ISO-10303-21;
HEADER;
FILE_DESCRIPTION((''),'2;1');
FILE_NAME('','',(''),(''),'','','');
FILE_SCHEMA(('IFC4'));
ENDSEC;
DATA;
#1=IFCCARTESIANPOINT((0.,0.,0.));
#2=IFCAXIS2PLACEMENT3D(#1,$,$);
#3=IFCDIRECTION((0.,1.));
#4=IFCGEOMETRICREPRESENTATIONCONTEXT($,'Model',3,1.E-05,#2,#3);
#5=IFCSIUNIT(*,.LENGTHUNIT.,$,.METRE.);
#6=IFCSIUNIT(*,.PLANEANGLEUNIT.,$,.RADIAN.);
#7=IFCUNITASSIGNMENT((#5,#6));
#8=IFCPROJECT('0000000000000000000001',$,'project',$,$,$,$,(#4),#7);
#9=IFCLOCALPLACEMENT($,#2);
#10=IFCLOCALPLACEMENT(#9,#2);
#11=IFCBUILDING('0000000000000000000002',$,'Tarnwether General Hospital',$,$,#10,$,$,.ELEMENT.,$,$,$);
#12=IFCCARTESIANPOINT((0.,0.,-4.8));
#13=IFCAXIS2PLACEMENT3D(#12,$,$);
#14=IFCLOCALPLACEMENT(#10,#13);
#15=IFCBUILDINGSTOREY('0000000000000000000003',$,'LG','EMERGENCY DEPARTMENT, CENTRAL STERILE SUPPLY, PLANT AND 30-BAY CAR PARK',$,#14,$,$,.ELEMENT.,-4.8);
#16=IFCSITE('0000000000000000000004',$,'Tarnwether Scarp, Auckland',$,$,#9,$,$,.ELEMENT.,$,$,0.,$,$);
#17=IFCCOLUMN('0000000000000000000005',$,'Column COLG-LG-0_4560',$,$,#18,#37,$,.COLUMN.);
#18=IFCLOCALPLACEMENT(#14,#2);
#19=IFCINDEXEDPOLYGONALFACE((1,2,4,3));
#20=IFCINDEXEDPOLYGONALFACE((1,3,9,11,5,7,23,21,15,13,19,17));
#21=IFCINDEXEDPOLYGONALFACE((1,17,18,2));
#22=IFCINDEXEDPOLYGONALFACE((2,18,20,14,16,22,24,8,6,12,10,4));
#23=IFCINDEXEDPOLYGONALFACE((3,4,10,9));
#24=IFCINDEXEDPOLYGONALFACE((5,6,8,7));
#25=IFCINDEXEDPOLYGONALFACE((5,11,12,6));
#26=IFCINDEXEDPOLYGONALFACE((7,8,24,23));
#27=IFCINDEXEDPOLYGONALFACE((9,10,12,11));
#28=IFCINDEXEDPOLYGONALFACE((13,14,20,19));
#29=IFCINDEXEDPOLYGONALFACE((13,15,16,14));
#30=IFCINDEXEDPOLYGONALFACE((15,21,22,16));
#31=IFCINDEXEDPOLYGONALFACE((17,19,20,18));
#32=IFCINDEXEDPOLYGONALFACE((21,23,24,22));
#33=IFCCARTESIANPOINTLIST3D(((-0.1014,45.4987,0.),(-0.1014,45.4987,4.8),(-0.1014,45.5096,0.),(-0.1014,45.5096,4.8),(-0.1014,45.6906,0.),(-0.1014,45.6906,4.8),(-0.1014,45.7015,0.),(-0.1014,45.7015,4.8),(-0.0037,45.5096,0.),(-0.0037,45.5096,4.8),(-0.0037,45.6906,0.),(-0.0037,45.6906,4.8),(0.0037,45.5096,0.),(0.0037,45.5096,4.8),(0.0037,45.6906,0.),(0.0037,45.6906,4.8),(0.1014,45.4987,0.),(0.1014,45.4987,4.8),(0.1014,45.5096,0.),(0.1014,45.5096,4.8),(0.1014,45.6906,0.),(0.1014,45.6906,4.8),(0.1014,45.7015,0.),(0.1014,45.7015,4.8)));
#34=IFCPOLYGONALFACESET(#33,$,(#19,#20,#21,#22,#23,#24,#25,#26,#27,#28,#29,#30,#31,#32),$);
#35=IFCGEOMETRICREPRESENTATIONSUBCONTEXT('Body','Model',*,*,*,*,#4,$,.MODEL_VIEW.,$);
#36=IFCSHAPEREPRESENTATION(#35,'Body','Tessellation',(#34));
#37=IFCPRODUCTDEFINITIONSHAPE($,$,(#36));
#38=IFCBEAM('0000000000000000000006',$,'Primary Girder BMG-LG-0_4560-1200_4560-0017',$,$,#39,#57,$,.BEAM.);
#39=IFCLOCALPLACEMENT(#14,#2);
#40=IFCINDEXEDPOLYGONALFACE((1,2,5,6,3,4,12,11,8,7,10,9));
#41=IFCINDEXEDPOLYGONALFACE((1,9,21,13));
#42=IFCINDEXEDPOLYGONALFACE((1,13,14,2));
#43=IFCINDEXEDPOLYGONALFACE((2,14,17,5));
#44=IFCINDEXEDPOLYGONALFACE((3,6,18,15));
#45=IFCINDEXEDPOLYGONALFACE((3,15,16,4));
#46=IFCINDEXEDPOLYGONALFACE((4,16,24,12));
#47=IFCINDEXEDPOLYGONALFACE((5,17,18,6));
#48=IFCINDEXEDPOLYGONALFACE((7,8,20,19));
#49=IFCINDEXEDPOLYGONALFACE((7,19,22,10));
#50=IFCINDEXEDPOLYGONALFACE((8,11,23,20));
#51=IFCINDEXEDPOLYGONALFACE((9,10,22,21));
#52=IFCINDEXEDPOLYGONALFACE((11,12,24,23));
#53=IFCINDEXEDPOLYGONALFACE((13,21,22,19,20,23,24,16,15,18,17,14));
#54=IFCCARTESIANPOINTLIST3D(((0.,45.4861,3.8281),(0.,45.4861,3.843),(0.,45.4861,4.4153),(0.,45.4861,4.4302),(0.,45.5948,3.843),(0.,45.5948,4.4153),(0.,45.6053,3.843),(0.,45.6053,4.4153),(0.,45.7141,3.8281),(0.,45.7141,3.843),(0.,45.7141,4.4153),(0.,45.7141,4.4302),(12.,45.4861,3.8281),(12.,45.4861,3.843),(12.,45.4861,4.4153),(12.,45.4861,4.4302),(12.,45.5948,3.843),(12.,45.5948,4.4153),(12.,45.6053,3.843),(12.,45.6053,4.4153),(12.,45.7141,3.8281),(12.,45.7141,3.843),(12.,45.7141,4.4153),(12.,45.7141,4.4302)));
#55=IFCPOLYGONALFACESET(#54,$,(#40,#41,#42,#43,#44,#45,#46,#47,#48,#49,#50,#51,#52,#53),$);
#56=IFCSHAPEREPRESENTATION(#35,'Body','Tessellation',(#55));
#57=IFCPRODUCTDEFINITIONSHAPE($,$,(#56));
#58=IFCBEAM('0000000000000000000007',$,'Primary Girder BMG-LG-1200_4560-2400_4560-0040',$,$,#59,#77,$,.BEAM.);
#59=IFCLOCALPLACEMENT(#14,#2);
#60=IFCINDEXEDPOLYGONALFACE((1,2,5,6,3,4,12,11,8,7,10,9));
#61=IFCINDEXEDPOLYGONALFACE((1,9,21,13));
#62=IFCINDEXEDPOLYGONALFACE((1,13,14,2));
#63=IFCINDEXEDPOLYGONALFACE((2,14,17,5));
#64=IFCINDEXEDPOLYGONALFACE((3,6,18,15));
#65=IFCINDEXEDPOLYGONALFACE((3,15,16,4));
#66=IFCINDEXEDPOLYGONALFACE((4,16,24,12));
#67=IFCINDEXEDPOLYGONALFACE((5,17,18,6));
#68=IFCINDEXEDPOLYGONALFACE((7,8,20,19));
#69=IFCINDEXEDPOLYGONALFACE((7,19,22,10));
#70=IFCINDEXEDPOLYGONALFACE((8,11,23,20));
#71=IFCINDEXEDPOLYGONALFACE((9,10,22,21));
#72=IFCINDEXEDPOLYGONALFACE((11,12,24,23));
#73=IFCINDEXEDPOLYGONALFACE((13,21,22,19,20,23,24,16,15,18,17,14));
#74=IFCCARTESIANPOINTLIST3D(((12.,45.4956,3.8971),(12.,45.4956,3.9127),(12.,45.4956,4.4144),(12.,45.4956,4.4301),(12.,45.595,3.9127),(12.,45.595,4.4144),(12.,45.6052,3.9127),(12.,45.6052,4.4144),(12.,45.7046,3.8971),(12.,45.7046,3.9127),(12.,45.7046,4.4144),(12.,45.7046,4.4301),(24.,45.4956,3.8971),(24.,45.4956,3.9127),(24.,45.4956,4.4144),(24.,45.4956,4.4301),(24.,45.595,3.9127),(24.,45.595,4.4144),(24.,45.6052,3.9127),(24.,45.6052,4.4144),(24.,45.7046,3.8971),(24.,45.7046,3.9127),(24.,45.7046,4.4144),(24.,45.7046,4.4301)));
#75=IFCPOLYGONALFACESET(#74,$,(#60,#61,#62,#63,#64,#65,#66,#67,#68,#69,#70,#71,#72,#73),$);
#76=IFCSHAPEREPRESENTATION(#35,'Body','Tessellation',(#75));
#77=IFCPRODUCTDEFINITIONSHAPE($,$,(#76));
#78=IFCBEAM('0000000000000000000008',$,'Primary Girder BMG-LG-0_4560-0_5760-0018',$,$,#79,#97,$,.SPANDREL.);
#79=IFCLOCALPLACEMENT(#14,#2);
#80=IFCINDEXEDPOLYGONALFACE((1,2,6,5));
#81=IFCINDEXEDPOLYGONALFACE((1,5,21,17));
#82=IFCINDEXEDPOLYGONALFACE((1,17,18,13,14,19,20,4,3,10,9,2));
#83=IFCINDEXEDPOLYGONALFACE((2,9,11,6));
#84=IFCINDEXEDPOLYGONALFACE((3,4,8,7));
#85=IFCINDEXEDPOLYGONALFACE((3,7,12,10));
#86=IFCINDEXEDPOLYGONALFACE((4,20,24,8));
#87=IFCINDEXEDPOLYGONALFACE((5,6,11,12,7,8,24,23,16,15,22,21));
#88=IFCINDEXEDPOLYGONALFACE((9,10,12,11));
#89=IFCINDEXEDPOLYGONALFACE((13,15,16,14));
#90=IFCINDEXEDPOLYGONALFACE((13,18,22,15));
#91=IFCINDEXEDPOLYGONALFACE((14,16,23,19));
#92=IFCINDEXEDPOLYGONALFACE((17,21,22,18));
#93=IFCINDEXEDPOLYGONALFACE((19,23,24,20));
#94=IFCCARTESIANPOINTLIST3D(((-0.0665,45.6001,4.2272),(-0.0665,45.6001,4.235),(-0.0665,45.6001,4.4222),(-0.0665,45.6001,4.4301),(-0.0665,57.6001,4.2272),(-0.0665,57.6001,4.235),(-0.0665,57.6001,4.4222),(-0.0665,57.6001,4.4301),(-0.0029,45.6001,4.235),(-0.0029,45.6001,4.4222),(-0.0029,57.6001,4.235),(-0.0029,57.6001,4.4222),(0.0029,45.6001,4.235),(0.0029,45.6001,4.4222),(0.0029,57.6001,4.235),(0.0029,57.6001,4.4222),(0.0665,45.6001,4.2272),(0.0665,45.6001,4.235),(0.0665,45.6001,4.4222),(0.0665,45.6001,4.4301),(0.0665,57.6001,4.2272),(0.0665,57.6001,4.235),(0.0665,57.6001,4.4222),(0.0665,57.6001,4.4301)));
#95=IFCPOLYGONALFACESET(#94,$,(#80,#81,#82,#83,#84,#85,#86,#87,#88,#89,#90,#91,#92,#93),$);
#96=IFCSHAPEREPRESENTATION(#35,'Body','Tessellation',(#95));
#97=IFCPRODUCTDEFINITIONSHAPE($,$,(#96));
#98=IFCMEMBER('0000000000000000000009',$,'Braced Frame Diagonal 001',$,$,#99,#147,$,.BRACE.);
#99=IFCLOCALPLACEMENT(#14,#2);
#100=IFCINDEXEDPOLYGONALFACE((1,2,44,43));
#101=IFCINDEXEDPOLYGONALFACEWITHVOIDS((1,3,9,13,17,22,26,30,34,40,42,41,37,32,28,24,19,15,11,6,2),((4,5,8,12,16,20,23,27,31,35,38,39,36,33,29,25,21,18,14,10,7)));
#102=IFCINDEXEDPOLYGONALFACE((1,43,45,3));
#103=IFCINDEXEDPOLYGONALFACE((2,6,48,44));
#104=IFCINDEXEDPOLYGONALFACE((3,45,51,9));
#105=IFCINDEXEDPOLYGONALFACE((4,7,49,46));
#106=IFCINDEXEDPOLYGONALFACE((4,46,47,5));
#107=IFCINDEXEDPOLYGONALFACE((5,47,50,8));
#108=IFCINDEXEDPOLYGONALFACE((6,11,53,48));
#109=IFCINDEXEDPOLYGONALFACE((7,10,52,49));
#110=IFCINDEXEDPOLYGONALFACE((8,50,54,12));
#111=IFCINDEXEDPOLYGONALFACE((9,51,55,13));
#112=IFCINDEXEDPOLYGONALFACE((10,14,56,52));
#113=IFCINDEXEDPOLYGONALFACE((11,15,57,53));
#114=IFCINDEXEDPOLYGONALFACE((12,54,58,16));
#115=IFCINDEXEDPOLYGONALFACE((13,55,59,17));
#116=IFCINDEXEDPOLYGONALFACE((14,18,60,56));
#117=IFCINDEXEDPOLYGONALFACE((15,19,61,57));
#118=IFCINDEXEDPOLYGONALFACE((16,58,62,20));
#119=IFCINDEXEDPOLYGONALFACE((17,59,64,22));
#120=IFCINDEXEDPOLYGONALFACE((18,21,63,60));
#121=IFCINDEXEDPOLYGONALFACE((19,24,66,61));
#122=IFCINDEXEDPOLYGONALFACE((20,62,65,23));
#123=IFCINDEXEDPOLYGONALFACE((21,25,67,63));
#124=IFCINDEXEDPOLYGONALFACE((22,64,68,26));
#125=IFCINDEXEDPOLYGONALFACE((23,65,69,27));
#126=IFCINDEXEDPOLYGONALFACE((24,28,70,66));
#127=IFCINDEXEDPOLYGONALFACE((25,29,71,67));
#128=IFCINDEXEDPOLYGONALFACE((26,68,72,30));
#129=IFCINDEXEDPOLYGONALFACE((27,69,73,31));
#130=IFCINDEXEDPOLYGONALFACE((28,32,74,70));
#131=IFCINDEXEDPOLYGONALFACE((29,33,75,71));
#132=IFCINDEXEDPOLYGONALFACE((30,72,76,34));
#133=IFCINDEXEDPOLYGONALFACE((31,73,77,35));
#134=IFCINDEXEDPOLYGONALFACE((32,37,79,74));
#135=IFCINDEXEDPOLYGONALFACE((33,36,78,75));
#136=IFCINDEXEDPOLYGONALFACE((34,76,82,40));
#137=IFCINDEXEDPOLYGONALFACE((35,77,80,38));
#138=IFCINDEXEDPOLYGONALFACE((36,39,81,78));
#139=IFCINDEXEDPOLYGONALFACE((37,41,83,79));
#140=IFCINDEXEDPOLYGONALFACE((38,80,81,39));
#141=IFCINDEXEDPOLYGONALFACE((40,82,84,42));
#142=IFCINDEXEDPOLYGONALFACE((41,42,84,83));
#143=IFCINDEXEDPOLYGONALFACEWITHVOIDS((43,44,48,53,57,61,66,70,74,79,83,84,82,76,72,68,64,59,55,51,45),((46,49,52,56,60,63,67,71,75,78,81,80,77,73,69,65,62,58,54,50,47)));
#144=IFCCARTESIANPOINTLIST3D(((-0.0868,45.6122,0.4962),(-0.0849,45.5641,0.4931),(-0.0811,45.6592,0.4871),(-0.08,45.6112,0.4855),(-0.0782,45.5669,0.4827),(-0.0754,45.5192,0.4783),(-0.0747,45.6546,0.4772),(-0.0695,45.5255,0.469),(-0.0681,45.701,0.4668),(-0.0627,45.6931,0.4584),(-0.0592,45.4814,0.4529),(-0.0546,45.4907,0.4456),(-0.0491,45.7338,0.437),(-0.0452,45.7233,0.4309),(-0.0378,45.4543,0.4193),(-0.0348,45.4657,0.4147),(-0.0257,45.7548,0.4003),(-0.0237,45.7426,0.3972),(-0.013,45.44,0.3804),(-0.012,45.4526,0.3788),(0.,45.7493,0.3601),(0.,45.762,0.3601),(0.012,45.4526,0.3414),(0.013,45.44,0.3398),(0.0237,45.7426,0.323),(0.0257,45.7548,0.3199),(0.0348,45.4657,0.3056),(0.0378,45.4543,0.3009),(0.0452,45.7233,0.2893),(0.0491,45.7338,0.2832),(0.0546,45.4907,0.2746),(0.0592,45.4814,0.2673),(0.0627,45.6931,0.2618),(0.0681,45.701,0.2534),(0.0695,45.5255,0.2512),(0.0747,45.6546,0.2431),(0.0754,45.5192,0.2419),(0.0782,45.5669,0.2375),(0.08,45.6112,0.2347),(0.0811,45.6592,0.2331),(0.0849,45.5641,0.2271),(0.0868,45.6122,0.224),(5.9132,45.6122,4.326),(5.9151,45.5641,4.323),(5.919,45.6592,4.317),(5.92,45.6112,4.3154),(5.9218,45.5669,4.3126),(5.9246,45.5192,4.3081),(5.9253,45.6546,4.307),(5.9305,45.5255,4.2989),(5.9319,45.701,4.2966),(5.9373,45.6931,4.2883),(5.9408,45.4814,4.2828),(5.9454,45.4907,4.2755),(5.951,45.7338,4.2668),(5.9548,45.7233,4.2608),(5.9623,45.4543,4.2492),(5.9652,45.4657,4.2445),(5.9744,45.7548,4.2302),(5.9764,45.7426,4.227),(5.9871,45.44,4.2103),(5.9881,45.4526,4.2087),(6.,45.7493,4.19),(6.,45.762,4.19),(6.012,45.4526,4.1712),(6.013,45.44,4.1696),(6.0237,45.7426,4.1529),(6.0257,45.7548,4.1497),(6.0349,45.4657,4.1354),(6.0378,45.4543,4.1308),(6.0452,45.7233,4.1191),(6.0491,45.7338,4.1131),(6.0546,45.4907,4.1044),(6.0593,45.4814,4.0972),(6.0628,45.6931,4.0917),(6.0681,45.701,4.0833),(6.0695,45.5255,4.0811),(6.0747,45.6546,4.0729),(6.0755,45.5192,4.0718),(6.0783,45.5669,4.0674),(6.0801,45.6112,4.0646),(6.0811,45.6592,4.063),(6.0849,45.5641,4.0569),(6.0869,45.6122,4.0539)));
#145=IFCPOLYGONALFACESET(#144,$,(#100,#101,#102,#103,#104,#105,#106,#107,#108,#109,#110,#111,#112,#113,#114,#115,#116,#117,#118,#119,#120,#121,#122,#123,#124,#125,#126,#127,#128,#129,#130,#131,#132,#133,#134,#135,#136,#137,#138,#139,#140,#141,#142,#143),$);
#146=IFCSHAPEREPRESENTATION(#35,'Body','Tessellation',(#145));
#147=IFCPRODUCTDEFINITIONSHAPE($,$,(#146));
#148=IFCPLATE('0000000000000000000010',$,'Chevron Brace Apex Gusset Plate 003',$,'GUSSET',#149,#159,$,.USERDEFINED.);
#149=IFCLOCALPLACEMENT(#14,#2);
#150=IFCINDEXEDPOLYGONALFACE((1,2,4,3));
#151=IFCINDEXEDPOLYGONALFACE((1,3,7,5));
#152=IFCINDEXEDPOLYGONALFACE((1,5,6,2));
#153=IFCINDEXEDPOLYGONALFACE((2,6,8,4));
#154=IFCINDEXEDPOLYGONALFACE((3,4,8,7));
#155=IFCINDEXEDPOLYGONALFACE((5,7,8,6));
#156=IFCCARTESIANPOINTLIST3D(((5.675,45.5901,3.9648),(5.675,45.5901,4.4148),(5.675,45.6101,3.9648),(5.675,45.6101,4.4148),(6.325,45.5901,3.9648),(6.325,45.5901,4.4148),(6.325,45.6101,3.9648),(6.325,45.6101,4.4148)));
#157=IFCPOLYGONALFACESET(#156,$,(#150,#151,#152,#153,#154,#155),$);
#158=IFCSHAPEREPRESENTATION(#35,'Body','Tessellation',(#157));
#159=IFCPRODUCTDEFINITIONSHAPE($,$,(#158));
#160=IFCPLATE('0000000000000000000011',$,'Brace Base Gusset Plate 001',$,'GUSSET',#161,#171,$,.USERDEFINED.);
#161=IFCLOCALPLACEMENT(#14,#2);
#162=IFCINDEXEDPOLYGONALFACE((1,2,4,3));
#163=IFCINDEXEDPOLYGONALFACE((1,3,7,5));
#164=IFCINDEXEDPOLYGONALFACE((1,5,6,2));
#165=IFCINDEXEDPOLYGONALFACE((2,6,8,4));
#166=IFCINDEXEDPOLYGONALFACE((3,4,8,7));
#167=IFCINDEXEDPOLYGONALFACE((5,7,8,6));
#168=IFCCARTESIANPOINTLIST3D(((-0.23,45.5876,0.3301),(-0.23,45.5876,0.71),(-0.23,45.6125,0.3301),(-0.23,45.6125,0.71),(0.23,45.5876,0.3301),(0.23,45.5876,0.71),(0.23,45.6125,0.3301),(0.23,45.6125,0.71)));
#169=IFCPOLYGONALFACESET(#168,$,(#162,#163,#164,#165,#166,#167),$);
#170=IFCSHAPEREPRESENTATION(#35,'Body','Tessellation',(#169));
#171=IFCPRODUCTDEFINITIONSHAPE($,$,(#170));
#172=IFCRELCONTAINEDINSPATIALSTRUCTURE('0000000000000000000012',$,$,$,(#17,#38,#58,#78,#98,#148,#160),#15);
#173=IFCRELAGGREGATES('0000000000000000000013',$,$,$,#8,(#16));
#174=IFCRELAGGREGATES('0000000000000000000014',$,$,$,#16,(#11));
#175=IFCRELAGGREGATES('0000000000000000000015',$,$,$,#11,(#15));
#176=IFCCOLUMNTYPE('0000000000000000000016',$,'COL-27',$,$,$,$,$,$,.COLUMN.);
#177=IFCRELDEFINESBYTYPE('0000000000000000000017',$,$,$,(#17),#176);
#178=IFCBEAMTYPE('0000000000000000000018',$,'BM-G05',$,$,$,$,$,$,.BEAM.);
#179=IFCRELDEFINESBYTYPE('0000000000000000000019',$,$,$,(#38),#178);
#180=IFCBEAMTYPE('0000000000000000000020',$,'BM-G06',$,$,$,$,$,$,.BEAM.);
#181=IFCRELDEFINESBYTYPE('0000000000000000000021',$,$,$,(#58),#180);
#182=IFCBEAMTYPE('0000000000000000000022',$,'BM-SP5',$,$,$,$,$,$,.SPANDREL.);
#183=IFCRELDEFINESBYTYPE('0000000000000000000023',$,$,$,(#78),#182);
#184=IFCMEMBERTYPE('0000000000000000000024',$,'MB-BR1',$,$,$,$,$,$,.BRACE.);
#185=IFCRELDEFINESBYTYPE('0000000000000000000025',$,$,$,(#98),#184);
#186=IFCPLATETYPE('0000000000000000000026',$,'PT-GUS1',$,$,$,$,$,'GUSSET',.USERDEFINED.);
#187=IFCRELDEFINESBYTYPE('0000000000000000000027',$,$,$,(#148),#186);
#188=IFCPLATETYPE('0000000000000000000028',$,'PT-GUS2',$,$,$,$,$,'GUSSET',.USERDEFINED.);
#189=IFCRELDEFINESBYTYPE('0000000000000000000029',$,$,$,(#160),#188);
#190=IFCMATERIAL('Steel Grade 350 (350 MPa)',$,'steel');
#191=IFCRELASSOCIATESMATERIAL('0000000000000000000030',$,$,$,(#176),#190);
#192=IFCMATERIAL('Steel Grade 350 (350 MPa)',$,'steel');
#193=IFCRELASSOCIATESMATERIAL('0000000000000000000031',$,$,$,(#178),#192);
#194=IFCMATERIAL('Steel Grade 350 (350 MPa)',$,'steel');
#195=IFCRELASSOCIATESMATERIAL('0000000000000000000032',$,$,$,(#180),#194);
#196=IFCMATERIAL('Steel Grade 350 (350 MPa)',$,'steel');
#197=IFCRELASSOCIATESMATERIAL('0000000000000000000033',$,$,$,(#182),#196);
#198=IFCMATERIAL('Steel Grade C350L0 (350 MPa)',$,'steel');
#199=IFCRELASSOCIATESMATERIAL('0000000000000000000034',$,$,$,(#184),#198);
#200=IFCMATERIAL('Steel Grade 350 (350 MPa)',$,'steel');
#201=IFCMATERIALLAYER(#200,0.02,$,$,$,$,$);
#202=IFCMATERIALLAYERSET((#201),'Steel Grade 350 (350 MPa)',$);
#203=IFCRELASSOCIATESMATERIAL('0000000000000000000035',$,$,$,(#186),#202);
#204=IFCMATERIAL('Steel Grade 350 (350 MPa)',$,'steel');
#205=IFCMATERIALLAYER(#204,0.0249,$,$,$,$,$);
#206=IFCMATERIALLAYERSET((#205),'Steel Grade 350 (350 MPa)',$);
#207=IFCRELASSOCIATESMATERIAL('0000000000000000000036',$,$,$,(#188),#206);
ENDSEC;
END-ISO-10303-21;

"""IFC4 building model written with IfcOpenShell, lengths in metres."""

from ifc_helpers import new_model, si_unit, direction, frame, origin, origin_2d, place, context, subcontext, project, spatial, rectangle, hollow_circle, i_section, extrude, material, layer, layer_set, material_profile, profile_set, type_object, element, save


model = new_model("IFC4")

# Units and contexts
model_context = context("Model", 3, precision=1e-05, world=origin(), true_north=direction((0.0, 1.0)))
body_context = subcontext(model_context, "Body", "Model", "MODEL_VIEW")
ifc_project = project(units=[si_unit("LENGTHUNIT", "METRE"), si_unit("PLANEANGLEUNIT", "RADIAN")], contexts=[model_context])

# Site, building, storey
site_placement = place(None, origin())
site = spatial("IfcSite", under=ifc_project, at=site_placement, Name="Tarnwether Scarp, Auckland", CompositionType="ELEMENT", RefElevation=0.0)
building_placement = place(site_placement, origin())
building = spatial("IfcBuilding", under=site, at=building_placement, Name="Tarnwether General Hospital", CompositionType="ELEMENT")
storey_placement = place(building_placement, frame((0.0, 0.0, -4.8)))
storey = spatial("IfcBuildingStorey", under=building, at=storey_placement, Name="LG", Description="EMERGENCY DEPARTMENT, CENTRAL STERILE SUPPLY, PLANT AND 30-BAY CAR PARK", CompositionType="ELEMENT", Elevation=-4.8)

# Column
ifc_material_1 = material(Name="Steel Grade 350 (350 MPa)", Category="steel")
ifc_material_profile_1 = material_profile(ifc_material_1, i_section(OverallWidth=0.2029, OverallDepth=0.2029, WebThickness=0.0073, FlangeThickness=0.011, at=origin_2d()), Name="200UC46.2")
ifc_profile_set_1 = profile_set([ifc_material_profile_1], Name="Steel Grade 350 (350 MPa)")
column_type_1 = type_object("IfcColumnType", Name="COL-27", PredefinedType="COLUMN", material=ifc_profile_set_1)
column_1_placement = place(storey_placement, frame((0.0, 45.6001, 0.0), z_axis=(0.0, 0.0, 1.0), x_axis=(1.0, 0.0, 0.0)))
element("IfcColumn", 1, at=column_1_placement, inside=storey, type_object=column_type_1, Name="Column COLG-LG-0_4560", PredefinedType="COLUMN", context=body_context, shape_type="SweptSolid", body=[
    extrude(i_section(OverallWidth=0.2029, OverallDepth=0.2029, WebThickness=0.0073, FlangeThickness=0.011, at=origin_2d()), origin(), (0.0, 0.0, 1.0), 4.8),
])

# Beams
ifc_material_2 = material(Name="Steel Grade 350 (350 MPa)", Category="steel")
ifc_material_profile_2 = material_profile(ifc_material_2, i_section(OverallWidth=0.228, OverallDepth=0.6021, WebThickness=0.0105, FlangeThickness=0.0149, at=origin_2d()), Name="610UB101")
ifc_profile_set_2 = profile_set([ifc_material_profile_2], Name="Steel Grade 350 (350 MPa)")
beam_type_1 = type_object("IfcBeamType", Name="BM-G05", PredefinedType="BEAM", material=ifc_profile_set_2)
beam_1_placement = place(storey_placement, frame((0.0, 45.6001, 4.1292), z_axis=(1.0, 0.0, 0.0), x_axis=(0.0, 1.0, 0.0)))
element("IfcBeam", 2, at=beam_1_placement, inside=storey, type_object=beam_type_1, Name="Primary Girder BMG-LG-0_4560-1200_4560-0017", PredefinedType="BEAM", context=body_context, shape_type="SweptSolid", body=[
    extrude(i_section(OverallWidth=0.228, OverallDepth=0.6021, WebThickness=0.0105, FlangeThickness=0.0149, at=origin_2d()), origin(), (0.0, 0.0, 1.0), 12.0),
])
ifc_material_3 = material(Name="Steel Grade 350 (350 MPa)", Category="steel")
ifc_material_profile_3 = material_profile(ifc_material_3, i_section(OverallWidth=0.209, OverallDepth=0.533, WebThickness=0.0103, FlangeThickness=0.0156, at=origin_2d()), Name="530UB92.4")
ifc_profile_set_3 = profile_set([ifc_material_profile_3], Name="Steel Grade 350 (350 MPa)")
beam_type_2 = type_object("IfcBeamType", Name="BM-G06", PredefinedType="BEAM", material=ifc_profile_set_3)
beam_2_placement = place(storey_placement, frame((12.0, 45.6001, 4.1636), z_axis=(1.0, 0.0, 0.0), x_axis=(0.0, 1.0, 0.0)))
element("IfcBeam", 3, at=beam_2_placement, inside=storey, type_object=beam_type_2, Name="Primary Girder BMG-LG-1200_4560-2400_4560-0040", PredefinedType="BEAM", context=body_context, shape_type="SweptSolid", body=[
    extrude(i_section(OverallWidth=0.209, OverallDepth=0.533, WebThickness=0.0103, FlangeThickness=0.0156, at=origin_2d()), origin(), (0.0, 0.0, 1.0), 12.0),
])
ifc_material_4 = material(Name="Steel Grade 350 (350 MPa)", Category="steel")
ifc_material_profile_4 = material_profile(ifc_material_4, i_section(OverallWidth=0.1331, OverallDepth=0.2029, WebThickness=0.0059, FlangeThickness=0.0078, at=origin_2d()), Name="200UB25.4")
ifc_profile_set_4 = profile_set([ifc_material_profile_4], Name="Steel Grade 350 (350 MPa)")
beam_type_3 = type_object("IfcBeamType", Name="BM-SP5", PredefinedType="SPANDREL", material=ifc_profile_set_4)
beam_3_placement = place(storey_placement, frame((0.0, 45.6001, 4.3286), z_axis=(0.0, 1.0, 0.0), x_axis=(-1.0, 0.0, 0.0)))
element("IfcBeam", 4, at=beam_3_placement, inside=storey, type_object=beam_type_3, Name="Primary Girder BMG-LG-0_4560-0_5760-0018", PredefinedType="SPANDREL", context=body_context, shape_type="SweptSolid", body=[
    extrude(i_section(OverallWidth=0.1331, OverallDepth=0.2029, WebThickness=0.0059, FlangeThickness=0.0078, at=origin_2d()), origin(), (0.0, 0.0, 1.0), 12.0),
])

# Member
ifc_material_5 = material(Name="Steel Grade C350L0 (350 MPa)", Category="steel")
ifc_material_profile_5 = material_profile(ifc_material_5, hollow_circle(Radius=0.1619, WallThickness=0.0127, at=origin_2d()), Name="CHS323.9x12.7")
ifc_profile_set_5 = profile_set([ifc_material_profile_5], Name="Steel Grade C350L0 (350 MPa)")
member_type = type_object("IfcMemberType", Name="MB-BR1", PredefinedType="BRACE", material=ifc_profile_set_5)
member_placement = place(storey_placement, frame((0.0, 45.6001, 0.3601), z_axis=(0.842919, 0.0, 0.53804), x_axis=(0.0, 1.0, 0.0)))
element("IfcMember", 5, at=member_placement, inside=storey, type_object=member_type, Name="Braced Frame Diagonal 001", PredefinedType="BRACE", context=body_context, shape_type="SweptSolid", body=[
    extrude(hollow_circle(Radius=0.1619, WallThickness=0.0127, at=origin_2d()), origin(), (0.0, 0.0, 1.0), 7.1182),
])

# Plates
ifc_material_6 = material(Name="Steel Grade 350 (350 MPa)", Category="steel")
ifc_layer_1 = layer(ifc_material_6, 0.02)
ifc_layer_set_1 = layer_set([ifc_layer_1], Name="Steel Grade 350 (350 MPa)")
plate_type_1 = type_object("IfcPlateType", Name="PT-GUS1", ElementType="GUSSET", PredefinedType="USERDEFINED", material=ifc_layer_set_1)
plate_1_placement = place(storey_placement, frame((6.0, 45.6001, 3.9648), z_axis=(0.0, 0.0, 1.0), x_axis=(1.0, 0.0, 0.0)))
element("IfcPlate", 6, at=plate_1_placement, inside=storey, type_object=plate_type_1, Name="Chevron Brace Apex Gusset Plate 003", ObjectType="GUSSET", PredefinedType="USERDEFINED", context=body_context, shape_type="SweptSolid", body=[
    extrude(rectangle(XDim=0.6499, YDim=0.02, at=origin_2d()), origin(), (0.0, 0.0, 1.0), 0.45),
])
ifc_material_7 = material(Name="Steel Grade 350 (350 MPa)", Category="steel")
ifc_layer_2 = layer(ifc_material_7, 0.0249)
ifc_layer_set_2 = layer_set([ifc_layer_2], Name="Steel Grade 350 (350 MPa)")
plate_type_2 = type_object("IfcPlateType", Name="PT-GUS2", ElementType="GUSSET", PredefinedType="USERDEFINED", material=ifc_layer_set_2)
plate_2_placement = place(storey_placement, frame((0.0, 45.6001, 0.3301), z_axis=(0.0, 0.0, 1.0), x_axis=(1.0, 0.0, 0.0)))
element("IfcPlate", 7, at=plate_2_placement, inside=storey, type_object=plate_type_2, Name="Brace Base Gusset Plate 001", ObjectType="GUSSET", PredefinedType="USERDEFINED", context=body_context, shape_type="SweptSolid", body=[
    extrude(rectangle(XDim=0.46, YDim=0.0249, at=origin_2d()), origin(), (0.0, 0.0, 1.0), 0.3799),
])

save(model, "model.ifc")
